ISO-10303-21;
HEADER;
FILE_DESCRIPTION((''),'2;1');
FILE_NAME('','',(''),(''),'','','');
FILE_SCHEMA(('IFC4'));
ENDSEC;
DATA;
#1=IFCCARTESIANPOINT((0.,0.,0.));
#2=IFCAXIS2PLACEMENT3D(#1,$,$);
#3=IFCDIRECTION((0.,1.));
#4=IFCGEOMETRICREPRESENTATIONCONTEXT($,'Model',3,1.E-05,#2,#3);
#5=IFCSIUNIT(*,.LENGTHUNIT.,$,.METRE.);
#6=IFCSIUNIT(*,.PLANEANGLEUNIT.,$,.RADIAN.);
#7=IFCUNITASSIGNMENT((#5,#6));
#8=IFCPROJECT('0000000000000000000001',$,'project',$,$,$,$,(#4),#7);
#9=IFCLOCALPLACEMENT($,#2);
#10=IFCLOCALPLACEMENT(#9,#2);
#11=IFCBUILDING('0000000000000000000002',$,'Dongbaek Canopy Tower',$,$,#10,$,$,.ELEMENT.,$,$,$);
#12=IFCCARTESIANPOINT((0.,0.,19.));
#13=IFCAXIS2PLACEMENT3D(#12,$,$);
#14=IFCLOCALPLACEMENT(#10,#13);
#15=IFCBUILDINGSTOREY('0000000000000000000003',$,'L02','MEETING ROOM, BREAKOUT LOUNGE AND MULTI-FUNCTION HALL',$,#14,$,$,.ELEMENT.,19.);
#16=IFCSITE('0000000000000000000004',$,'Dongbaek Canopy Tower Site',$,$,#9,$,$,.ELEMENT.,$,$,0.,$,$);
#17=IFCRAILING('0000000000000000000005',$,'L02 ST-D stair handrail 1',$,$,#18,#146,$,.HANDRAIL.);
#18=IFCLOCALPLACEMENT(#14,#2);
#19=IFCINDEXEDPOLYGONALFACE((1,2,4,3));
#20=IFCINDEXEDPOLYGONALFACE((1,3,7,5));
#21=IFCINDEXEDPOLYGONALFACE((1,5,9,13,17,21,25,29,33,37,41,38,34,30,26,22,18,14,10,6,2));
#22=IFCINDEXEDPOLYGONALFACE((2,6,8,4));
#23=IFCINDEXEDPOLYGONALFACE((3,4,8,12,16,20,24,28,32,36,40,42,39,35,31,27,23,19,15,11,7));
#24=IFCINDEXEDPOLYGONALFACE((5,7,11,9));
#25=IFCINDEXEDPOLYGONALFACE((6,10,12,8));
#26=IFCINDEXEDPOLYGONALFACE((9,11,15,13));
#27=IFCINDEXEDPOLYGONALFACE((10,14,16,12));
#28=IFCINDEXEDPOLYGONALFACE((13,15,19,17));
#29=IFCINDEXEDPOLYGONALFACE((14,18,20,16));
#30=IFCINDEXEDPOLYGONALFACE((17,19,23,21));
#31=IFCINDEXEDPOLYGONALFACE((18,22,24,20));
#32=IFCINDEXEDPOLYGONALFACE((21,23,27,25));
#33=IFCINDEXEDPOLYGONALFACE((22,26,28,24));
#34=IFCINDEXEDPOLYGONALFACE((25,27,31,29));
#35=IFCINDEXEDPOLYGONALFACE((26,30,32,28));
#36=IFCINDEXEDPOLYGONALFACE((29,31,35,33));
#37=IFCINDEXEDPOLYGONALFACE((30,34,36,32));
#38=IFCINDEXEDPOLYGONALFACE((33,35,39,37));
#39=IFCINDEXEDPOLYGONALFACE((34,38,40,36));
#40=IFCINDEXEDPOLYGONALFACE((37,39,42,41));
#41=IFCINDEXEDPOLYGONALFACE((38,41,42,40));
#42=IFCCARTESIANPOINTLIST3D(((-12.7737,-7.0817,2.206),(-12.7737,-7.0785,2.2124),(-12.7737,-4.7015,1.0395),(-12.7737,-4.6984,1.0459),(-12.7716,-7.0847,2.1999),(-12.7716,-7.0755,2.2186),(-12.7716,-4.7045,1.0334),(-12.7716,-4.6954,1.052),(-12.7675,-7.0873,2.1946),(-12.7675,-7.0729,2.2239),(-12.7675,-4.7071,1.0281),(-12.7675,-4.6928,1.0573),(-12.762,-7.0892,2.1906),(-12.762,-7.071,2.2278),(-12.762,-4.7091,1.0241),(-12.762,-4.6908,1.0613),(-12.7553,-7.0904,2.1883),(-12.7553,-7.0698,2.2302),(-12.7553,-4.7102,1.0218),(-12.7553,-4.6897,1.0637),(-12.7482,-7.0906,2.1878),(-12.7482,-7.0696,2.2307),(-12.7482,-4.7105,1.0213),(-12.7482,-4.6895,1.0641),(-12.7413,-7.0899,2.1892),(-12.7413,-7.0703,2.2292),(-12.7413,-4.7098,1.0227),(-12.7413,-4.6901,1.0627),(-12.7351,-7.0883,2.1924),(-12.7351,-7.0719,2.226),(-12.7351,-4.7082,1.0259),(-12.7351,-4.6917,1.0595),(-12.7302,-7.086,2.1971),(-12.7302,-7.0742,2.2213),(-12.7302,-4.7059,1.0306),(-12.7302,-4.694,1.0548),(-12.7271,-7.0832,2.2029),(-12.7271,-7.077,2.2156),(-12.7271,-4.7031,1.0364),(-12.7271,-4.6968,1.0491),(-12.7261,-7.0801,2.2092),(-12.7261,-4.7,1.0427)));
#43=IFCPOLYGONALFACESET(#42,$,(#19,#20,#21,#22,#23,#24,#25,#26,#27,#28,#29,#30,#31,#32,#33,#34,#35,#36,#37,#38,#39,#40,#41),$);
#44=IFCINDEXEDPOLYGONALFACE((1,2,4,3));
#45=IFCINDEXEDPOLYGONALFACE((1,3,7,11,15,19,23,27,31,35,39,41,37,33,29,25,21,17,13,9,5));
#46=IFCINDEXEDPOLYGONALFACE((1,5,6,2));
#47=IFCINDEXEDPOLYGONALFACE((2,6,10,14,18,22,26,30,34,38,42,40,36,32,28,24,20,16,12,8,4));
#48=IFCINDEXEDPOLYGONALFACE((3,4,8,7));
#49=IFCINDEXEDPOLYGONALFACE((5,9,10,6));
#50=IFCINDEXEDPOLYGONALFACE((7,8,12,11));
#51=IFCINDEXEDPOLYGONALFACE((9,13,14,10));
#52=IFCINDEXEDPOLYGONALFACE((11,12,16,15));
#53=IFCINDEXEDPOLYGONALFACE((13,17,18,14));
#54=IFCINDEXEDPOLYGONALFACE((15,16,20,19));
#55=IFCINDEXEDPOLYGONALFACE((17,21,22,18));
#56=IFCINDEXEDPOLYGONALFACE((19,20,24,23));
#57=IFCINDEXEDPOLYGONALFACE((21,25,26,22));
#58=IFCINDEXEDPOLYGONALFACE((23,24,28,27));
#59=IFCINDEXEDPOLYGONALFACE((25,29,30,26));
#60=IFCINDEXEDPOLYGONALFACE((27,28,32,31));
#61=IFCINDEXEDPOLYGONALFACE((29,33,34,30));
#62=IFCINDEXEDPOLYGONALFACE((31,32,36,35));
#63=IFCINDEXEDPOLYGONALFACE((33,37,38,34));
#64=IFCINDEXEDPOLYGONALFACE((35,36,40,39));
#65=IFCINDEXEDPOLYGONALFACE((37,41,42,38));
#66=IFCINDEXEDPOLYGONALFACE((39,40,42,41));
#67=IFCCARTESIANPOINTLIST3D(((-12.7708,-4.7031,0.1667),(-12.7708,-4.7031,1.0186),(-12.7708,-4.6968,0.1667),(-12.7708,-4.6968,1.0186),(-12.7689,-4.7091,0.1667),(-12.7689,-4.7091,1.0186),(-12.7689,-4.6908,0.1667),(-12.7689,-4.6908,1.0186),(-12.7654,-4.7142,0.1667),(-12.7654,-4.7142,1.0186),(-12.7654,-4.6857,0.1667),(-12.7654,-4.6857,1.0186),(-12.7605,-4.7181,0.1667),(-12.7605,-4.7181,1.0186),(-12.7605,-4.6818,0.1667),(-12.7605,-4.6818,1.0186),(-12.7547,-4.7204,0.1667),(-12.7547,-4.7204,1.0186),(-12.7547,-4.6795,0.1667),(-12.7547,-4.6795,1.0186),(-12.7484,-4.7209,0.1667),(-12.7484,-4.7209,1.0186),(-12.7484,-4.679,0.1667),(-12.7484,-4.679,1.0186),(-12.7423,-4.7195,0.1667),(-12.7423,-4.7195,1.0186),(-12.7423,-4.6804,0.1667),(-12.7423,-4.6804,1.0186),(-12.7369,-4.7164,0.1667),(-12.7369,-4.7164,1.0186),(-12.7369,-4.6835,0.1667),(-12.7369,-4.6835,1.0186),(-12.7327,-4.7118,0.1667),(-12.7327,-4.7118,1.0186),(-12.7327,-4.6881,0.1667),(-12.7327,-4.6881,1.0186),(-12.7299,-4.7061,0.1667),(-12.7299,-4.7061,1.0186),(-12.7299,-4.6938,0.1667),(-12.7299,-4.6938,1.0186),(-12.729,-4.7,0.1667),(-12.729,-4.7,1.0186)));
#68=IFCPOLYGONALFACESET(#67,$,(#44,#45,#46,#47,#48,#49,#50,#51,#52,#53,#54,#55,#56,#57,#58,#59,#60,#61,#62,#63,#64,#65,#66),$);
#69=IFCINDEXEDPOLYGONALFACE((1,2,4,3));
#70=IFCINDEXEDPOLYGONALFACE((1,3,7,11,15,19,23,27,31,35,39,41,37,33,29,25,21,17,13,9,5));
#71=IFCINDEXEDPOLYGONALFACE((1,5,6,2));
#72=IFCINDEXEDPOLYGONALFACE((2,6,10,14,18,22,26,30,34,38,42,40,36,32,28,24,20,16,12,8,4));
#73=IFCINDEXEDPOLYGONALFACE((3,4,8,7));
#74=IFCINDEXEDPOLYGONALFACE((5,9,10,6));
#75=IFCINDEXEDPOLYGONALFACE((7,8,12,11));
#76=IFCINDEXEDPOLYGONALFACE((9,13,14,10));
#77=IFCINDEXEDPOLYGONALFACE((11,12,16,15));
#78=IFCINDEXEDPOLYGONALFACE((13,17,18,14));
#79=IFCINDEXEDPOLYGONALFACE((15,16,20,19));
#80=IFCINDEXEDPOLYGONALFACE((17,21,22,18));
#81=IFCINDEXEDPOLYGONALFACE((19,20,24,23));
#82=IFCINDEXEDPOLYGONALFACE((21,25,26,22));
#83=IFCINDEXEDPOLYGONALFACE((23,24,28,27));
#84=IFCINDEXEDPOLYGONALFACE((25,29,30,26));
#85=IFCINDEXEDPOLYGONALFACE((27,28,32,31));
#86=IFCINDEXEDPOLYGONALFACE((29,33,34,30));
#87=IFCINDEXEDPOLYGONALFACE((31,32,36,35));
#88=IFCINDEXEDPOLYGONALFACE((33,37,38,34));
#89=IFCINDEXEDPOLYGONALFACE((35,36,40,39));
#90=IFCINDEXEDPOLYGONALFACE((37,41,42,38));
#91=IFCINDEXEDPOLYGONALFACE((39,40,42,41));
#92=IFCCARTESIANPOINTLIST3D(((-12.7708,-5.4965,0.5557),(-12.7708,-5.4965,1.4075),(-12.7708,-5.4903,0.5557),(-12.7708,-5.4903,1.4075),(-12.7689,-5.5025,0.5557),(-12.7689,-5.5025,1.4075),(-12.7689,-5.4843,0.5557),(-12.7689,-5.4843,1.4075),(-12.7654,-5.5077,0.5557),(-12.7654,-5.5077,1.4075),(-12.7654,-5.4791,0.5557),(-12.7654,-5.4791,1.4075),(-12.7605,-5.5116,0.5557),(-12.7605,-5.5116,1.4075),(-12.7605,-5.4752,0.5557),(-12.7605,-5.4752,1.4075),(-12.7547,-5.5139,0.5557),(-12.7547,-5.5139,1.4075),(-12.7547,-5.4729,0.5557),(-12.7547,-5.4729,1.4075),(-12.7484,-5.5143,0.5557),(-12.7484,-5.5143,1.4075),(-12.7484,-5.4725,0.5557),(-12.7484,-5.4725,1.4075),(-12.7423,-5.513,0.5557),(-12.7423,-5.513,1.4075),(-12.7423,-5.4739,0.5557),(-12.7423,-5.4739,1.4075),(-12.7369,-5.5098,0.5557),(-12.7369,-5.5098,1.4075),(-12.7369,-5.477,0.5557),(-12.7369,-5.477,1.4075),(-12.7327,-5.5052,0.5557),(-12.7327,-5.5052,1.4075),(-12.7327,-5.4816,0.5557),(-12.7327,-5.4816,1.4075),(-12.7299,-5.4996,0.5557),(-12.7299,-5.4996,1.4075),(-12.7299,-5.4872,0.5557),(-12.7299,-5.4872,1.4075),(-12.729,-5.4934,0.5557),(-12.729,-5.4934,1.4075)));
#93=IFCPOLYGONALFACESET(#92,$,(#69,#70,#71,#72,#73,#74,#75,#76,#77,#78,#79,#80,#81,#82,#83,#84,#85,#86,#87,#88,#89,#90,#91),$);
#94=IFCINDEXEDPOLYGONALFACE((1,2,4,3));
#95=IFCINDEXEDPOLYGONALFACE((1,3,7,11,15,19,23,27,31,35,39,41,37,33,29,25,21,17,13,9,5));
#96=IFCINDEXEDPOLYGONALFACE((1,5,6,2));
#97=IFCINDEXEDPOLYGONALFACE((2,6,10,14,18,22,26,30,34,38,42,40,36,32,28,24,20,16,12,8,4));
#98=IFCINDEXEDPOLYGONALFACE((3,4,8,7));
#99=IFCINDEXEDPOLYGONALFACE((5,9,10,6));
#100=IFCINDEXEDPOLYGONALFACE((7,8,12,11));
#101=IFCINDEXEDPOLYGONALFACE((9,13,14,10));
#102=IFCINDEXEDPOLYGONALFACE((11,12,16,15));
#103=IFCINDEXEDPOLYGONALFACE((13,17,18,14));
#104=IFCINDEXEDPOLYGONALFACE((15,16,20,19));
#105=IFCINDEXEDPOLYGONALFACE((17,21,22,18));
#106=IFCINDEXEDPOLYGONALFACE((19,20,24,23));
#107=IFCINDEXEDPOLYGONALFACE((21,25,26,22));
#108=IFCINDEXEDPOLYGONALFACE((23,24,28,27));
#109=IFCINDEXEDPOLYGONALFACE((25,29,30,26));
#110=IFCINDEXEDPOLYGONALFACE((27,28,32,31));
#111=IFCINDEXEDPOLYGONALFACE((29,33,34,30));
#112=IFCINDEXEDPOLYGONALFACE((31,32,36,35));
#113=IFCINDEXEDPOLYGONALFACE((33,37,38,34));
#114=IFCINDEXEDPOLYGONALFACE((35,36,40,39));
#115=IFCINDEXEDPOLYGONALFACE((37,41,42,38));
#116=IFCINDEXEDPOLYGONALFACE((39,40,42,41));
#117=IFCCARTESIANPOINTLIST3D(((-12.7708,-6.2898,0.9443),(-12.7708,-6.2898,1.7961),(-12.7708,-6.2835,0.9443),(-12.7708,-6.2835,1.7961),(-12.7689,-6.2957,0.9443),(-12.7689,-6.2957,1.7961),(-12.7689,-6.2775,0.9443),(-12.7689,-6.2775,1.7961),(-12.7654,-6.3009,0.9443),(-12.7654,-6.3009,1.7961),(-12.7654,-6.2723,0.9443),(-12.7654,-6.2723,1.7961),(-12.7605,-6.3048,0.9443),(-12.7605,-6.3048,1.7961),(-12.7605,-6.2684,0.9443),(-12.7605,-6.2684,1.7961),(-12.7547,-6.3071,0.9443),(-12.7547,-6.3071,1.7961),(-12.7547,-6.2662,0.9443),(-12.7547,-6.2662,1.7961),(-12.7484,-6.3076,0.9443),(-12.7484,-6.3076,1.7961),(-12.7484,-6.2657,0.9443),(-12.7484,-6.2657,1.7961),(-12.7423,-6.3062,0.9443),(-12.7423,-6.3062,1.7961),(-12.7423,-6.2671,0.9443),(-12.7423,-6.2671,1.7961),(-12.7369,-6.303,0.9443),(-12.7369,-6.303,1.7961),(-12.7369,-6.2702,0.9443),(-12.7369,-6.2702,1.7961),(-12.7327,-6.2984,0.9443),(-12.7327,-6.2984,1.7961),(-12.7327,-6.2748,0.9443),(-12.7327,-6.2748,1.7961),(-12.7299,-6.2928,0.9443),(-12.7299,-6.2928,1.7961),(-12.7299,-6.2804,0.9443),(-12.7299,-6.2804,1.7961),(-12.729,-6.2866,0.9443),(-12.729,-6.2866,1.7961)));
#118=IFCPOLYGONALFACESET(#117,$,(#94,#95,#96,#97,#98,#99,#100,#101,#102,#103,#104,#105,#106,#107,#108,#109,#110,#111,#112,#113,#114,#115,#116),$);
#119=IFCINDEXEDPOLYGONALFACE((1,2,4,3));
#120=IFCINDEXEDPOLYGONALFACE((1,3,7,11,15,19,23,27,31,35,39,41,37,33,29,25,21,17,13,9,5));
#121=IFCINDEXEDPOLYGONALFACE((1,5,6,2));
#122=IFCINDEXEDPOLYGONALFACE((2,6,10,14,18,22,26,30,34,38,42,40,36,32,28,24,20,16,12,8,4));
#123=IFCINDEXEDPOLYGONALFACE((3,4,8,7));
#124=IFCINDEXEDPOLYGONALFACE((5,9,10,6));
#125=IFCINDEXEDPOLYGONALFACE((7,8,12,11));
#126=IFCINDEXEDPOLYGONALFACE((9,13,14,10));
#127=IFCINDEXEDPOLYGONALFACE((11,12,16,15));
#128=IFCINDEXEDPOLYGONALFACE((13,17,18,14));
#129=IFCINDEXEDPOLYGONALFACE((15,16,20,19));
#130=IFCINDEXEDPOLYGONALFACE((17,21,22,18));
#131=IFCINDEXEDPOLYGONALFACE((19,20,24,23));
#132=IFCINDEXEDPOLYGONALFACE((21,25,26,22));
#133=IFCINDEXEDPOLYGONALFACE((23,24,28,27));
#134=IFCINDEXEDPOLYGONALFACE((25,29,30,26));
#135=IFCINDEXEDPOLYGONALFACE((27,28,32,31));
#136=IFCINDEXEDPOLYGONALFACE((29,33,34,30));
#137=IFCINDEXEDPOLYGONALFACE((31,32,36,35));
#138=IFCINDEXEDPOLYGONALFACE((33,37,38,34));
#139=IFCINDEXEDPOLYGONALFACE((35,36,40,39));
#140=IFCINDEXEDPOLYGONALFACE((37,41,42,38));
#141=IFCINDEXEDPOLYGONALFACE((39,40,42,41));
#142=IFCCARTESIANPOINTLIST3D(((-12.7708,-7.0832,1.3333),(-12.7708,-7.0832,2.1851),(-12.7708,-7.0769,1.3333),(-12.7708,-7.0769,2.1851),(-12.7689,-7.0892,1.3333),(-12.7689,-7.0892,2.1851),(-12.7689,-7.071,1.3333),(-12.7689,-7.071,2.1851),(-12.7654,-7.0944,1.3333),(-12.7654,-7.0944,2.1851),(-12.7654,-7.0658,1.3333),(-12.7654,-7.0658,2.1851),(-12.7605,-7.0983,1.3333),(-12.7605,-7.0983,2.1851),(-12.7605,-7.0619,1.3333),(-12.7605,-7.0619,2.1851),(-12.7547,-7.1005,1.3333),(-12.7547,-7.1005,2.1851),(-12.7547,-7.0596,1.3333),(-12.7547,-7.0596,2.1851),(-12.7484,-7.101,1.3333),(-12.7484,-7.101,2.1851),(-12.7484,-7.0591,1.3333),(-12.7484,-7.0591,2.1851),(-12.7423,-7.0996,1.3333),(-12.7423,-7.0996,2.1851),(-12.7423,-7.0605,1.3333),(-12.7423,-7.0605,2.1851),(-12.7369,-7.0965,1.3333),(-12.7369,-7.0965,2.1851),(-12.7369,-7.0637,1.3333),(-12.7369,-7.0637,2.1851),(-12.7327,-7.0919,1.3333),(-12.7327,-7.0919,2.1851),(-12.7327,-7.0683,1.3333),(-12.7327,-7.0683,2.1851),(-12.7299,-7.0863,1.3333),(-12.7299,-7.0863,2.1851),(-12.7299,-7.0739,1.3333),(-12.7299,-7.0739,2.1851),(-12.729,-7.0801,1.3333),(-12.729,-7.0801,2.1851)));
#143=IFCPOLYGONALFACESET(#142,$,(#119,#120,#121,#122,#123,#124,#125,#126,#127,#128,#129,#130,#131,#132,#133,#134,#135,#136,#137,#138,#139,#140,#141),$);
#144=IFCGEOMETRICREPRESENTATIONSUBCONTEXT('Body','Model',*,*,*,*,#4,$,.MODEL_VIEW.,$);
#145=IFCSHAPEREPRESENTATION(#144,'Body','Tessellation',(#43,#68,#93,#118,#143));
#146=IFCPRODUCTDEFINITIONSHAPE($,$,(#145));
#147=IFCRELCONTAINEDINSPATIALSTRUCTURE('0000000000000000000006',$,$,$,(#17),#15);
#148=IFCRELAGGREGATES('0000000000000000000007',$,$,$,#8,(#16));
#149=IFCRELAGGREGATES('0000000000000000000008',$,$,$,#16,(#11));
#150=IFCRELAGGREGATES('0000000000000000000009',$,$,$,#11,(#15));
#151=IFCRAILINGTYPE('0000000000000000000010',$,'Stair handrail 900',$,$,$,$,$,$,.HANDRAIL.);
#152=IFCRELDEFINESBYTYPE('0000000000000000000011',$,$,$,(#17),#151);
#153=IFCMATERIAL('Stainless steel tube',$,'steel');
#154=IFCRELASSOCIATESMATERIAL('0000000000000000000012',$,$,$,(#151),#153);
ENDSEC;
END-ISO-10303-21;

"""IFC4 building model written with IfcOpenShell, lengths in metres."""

from ifc_helpers import new_model, si_unit, direction, frame, origin, origin_2d, place, context, subcontext, project, spatial, circle, extrude, material, type_object, element, save


model = new_model("IFC4")

# Units and contexts
model_context = context("Model", 3, precision=1e-05, world=origin(), true_north=direction((0.0, 1.0)))
body_context = subcontext(model_context, "Body", "Model", "MODEL_VIEW")
ifc_project = project(units=[si_unit("LENGTHUNIT", "METRE"), si_unit("PLANEANGLEUNIT", "RADIAN")], contexts=[model_context])

# Site, building, storey
site_placement = place(None, origin())
site = spatial("IfcSite", under=ifc_project, at=site_placement, Name="Dongbaek Canopy Tower Site", CompositionType="ELEMENT", RefElevation=0.0)
building_placement = place(site_placement, origin())
building = spatial("IfcBuilding", under=site, at=building_placement, Name="Dongbaek Canopy Tower", CompositionType="ELEMENT")
storey_placement = place(building_placement, frame((0.0, 0.0, 19.0)))
storey = spatial("IfcBuildingStorey", under=building, at=storey_placement, Name="L02", Description="MEETING ROOM, BREAKOUT LOUNGE AND MULTI-FUNCTION HALL", CompositionType="ELEMENT", Elevation=19.0)

# Railing
ifc_material_1 = material(Name="Stainless steel tube", Category="steel")
railing_type_1 = type_object("IfcRailingType", Name="Stair handrail 900", PredefinedType="HANDRAIL", material=ifc_material_1)
railing_1_placement = place(storey_placement, frame((-12.75, -4.7, 0.1667)))
element("IfcRailing", 1, at=railing_1_placement, inside=storey, type_object=railing_type_1, Name="L02 ST-D stair handrail 1", PredefinedType="HANDRAIL", context=body_context, shape_type="SweptSolid", body=[
    extrude(circle(Radius=0.0239, at=origin_2d()), frame((0.0, 0.0, 0.876), z_axis=(0.0, -0.897954, 0.440089), x_axis=(1.0, 0.0, 0.0)), (0.0, 0.0, 1.0), 2.6506),
    extrude(circle(Radius=0.021, at=origin_2d()), origin(), (0.0, 0.0, 1.0), 0.8518),
    extrude(circle(Radius=0.021, at=origin_2d()), frame((0.0, -0.7935, 0.3889)), (0.0, 0.0, 1.0), 0.8518),
    extrude(circle(Radius=0.021, at=origin_2d()), frame((0.0, -1.5867, 0.7776)), (0.0, 0.0, 1.0), 0.8518),
    extrude(circle(Radius=0.021, at=origin_2d()), frame((0.0, -2.3801, 1.1665)), (0.0, 0.0, 1.0), 0.8518),
])

save(model, "model.ifc")
